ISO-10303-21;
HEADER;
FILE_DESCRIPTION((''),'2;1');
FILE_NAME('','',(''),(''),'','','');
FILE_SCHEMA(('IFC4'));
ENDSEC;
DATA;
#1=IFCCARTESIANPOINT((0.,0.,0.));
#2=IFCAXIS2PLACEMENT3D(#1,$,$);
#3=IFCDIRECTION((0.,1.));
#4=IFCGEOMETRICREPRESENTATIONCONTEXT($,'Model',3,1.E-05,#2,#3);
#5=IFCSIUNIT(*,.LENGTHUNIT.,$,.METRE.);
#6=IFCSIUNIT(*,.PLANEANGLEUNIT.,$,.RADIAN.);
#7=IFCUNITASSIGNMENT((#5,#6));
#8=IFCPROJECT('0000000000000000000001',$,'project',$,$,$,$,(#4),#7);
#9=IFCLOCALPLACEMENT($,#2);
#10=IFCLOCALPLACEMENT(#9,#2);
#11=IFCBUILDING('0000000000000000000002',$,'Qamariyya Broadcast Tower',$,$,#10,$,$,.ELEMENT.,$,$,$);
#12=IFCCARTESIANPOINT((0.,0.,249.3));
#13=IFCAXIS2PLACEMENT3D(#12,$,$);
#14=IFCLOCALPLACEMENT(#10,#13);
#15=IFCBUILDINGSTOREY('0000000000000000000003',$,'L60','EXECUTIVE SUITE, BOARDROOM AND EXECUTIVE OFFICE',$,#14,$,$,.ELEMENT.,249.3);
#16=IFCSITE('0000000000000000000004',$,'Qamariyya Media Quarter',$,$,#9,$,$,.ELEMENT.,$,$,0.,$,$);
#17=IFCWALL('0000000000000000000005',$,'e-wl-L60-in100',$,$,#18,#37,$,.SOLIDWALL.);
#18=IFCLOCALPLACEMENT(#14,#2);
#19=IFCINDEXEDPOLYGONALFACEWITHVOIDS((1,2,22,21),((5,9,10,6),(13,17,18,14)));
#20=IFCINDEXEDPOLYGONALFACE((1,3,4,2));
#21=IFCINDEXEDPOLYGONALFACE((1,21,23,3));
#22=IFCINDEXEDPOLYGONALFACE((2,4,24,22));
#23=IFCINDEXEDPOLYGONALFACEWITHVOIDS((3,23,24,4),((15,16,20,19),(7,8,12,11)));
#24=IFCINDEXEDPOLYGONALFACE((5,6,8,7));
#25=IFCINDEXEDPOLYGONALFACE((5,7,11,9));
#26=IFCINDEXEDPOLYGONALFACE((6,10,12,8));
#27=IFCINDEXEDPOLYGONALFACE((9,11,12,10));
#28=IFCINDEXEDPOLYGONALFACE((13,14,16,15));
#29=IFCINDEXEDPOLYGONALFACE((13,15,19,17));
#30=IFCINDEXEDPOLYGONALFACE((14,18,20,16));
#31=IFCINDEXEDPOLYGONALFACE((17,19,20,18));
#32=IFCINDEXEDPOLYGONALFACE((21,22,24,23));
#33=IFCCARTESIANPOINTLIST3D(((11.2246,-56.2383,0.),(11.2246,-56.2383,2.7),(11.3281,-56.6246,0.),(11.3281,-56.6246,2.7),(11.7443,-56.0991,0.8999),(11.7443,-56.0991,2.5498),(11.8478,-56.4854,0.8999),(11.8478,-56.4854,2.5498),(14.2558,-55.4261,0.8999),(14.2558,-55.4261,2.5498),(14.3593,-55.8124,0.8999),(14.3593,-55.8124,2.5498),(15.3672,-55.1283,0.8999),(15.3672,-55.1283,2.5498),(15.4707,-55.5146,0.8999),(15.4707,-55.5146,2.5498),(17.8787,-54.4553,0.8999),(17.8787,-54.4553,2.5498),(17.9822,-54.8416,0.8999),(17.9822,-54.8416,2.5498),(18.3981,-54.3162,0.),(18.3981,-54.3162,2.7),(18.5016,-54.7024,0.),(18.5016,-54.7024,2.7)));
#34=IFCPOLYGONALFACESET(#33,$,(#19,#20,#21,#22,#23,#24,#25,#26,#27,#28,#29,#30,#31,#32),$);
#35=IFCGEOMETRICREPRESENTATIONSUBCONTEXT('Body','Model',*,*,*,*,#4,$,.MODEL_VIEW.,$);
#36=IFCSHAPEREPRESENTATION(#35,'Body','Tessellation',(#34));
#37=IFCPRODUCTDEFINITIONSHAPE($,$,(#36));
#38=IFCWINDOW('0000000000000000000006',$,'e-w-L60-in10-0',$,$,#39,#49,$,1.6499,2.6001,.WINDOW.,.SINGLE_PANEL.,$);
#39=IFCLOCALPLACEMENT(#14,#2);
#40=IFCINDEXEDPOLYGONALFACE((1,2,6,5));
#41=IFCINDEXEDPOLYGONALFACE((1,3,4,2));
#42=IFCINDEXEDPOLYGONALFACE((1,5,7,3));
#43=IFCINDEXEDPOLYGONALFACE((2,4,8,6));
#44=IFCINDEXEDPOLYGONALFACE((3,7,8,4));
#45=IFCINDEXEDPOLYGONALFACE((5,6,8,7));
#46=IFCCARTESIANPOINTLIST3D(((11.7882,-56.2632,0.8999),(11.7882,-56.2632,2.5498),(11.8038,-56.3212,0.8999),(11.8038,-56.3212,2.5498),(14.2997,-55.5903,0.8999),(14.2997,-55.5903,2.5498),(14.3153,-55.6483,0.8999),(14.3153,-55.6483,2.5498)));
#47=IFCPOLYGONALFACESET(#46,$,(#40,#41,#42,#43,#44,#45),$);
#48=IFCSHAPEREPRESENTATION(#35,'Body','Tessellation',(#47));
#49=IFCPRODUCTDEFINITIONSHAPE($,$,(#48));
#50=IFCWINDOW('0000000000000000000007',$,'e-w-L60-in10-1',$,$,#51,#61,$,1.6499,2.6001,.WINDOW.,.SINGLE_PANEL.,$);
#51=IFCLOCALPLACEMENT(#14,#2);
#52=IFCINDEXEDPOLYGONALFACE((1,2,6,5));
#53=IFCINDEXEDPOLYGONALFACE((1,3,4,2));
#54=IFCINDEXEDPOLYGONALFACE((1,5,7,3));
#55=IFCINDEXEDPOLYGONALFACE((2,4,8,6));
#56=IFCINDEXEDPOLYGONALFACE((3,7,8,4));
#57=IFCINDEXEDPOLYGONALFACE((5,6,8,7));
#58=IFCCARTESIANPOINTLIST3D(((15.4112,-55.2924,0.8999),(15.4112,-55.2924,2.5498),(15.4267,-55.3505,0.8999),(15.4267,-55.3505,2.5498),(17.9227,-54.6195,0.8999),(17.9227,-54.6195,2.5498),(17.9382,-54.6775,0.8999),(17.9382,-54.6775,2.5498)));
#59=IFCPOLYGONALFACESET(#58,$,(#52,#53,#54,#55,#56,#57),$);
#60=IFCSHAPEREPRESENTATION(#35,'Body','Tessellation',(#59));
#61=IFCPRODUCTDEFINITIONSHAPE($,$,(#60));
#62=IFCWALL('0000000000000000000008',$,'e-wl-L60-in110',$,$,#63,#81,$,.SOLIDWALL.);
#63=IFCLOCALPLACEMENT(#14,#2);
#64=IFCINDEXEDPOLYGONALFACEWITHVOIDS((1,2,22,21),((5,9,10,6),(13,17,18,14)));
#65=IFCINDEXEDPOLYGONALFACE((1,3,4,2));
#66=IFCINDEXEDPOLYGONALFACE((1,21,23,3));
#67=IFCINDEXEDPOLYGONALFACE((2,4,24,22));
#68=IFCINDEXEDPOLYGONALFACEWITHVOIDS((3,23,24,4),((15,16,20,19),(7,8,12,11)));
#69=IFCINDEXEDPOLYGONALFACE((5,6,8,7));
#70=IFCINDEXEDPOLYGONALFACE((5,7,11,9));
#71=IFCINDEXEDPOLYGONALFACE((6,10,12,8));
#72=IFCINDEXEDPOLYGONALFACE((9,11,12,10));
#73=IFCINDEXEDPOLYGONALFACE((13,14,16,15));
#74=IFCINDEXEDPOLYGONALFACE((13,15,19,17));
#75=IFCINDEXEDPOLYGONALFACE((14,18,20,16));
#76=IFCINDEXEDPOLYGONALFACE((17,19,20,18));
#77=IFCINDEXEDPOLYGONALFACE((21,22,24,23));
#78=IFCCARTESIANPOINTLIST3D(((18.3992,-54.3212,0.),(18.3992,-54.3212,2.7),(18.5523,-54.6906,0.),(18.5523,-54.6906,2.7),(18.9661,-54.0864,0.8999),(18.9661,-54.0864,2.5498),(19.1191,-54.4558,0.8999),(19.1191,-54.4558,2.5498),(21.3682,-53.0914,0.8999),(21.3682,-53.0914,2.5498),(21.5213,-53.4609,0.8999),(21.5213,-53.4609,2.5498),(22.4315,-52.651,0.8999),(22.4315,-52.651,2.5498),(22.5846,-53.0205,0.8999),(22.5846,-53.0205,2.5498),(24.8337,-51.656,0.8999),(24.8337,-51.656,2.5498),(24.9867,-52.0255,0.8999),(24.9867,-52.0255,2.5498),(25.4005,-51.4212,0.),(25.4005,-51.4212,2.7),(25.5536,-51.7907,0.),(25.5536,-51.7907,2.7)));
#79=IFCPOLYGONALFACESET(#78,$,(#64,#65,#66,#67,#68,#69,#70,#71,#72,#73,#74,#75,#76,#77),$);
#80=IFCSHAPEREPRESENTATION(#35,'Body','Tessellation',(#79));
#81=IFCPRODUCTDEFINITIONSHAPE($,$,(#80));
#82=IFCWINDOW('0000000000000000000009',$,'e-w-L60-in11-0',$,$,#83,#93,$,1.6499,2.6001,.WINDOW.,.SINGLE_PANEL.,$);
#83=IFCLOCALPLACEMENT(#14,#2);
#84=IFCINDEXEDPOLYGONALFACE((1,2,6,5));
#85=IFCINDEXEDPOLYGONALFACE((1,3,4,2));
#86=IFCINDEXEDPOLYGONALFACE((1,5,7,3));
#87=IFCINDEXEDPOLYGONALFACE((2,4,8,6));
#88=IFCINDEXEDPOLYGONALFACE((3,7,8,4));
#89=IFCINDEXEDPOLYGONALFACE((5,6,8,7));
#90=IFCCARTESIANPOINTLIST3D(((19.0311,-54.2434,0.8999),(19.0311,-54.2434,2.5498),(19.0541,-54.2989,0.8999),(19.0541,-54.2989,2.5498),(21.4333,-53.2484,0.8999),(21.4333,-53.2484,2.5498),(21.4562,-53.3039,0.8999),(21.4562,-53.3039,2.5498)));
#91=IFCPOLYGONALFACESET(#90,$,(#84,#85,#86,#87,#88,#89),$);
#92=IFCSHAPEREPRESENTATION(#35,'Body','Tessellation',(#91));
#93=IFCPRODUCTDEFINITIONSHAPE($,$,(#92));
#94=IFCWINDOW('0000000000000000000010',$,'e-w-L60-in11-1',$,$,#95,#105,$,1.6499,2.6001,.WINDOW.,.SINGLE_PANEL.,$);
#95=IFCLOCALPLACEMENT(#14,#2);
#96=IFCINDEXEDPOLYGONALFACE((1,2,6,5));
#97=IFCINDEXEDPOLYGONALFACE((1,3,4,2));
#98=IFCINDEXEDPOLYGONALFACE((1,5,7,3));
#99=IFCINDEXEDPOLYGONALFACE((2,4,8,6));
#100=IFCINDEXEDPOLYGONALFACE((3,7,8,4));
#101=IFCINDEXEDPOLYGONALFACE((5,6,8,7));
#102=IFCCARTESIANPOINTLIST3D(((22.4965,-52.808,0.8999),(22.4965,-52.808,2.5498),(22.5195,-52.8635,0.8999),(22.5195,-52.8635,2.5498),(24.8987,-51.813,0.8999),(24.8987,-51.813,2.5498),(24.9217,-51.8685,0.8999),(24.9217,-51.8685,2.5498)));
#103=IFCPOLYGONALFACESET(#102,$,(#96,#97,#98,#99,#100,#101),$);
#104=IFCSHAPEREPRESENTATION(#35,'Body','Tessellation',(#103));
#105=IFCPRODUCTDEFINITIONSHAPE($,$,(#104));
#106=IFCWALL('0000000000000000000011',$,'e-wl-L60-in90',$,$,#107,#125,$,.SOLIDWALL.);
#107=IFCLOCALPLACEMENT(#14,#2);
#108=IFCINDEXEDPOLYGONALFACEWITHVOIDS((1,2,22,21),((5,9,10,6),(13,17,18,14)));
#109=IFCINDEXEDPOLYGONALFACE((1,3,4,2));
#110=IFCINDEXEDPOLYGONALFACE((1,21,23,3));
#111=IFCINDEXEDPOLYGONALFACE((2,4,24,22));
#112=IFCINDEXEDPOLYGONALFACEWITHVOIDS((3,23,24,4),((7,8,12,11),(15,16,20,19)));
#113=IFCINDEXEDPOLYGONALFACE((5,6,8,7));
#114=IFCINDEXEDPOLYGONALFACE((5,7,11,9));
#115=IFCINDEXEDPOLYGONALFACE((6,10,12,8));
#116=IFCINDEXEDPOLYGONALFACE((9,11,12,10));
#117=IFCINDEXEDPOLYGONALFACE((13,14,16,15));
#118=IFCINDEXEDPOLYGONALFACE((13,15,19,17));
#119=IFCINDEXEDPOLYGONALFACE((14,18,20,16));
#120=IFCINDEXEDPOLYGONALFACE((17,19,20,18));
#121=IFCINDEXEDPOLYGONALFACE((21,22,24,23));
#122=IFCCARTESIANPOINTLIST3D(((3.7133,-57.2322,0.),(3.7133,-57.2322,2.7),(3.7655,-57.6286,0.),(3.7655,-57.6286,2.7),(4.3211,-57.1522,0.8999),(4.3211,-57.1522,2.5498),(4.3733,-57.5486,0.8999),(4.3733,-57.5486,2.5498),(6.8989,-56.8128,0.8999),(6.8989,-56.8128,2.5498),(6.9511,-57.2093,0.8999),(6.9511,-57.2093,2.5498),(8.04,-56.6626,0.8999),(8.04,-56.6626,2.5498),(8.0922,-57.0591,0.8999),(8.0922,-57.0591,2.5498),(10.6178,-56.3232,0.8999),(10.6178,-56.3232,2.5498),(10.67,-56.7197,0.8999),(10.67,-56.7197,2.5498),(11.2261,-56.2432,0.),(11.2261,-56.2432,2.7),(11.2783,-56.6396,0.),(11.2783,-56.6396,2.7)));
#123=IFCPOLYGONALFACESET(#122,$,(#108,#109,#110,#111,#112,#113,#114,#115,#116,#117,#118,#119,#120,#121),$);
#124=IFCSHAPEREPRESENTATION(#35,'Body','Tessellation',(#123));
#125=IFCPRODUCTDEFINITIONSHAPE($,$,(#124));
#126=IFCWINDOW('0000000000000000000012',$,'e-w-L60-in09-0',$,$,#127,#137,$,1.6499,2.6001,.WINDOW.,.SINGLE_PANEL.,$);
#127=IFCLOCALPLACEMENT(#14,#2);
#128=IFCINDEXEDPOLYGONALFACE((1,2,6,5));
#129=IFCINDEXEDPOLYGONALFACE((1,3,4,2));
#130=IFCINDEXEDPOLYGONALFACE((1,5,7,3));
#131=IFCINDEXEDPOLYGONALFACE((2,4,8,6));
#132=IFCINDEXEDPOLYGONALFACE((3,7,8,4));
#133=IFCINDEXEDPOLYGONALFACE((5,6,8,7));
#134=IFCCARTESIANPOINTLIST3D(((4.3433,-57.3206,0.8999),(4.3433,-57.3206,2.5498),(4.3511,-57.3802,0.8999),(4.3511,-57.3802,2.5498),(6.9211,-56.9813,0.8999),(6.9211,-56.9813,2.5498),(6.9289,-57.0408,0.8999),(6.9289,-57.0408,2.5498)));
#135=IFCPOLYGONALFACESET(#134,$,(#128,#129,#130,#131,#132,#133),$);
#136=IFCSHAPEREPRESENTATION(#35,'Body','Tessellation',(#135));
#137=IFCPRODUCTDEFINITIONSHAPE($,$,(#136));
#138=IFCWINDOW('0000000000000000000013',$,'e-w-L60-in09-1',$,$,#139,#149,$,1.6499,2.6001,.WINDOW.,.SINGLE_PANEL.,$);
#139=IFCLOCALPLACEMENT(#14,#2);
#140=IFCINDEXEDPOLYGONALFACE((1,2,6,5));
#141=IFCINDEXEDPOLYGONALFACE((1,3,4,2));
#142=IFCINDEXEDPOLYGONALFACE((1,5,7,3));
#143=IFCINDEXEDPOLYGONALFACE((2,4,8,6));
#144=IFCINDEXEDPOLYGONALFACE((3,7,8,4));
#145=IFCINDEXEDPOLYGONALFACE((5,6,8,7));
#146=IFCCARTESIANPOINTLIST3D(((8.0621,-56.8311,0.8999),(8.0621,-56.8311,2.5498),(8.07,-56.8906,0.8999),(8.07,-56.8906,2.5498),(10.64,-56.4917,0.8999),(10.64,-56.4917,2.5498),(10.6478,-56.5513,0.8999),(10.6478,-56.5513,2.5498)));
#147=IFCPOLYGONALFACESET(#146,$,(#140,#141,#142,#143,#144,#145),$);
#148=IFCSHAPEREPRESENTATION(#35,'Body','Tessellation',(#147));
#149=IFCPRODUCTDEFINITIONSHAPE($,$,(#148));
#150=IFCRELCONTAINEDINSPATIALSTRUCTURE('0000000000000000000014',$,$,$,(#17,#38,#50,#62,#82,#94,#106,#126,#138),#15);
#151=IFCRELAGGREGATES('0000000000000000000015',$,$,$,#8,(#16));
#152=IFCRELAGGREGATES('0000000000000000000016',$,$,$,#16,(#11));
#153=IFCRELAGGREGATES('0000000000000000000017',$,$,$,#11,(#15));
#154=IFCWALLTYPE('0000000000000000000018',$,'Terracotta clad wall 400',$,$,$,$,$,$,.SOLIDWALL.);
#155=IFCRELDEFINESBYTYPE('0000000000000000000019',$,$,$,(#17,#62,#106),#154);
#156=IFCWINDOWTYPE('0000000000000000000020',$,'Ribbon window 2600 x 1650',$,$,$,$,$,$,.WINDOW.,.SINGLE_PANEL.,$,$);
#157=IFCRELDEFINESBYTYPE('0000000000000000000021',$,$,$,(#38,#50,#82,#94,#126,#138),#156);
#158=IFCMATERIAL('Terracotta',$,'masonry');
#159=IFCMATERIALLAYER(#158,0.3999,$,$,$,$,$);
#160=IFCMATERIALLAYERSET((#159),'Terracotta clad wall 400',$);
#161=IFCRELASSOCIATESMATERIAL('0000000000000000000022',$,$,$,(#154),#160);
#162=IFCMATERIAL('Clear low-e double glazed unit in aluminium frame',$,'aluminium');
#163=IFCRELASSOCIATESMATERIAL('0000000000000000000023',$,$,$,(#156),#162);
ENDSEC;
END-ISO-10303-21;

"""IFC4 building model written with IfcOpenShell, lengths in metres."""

from ifc_helpers import new_model, si_unit, direction, frame, frame_2d, origin, place, context, subcontext, project, spatial, rectangle, extrude, material, layer, layer_set, type_object, element, fill, save


model = new_model("IFC4")

# Units and contexts
model_context = context("Model", 3, precision=1e-05, world=origin(), true_north=direction((0.0, 1.0)))
body_context = subcontext(model_context, "Body", "Model", "MODEL_VIEW")
ifc_project = project(units=[si_unit("LENGTHUNIT", "METRE"), si_unit("PLANEANGLEUNIT", "RADIAN")], contexts=[model_context])

# Site, building, storey
site_placement = place(None, origin())
site = spatial("IfcSite", under=ifc_project, at=site_placement, Name="Qamariyya Media Quarter", CompositionType="ELEMENT", RefElevation=0.0)
building_placement = place(site_placement, origin())
building = spatial("IfcBuilding", under=site, at=building_placement, Name="Qamariyya Broadcast Tower", CompositionType="ELEMENT")
storey_placement = place(building_placement, frame((0.0, 0.0, 249.3)))
storey = spatial("IfcBuildingStorey", under=building, at=storey_placement, Name="L60", Description="EXECUTIVE SUITE, BOARDROOM AND EXECUTIVE OFFICE", CompositionType="ELEMENT", Elevation=249.3)

# Walls, openings, windows
ifc_material_1 = material(Name="Terracotta", Category="masonry")
ifc_layer_1 = layer(ifc_material_1, 0.3999)
ifc_layer_set_1 = layer_set([ifc_layer_1], Name="Terracotta clad wall 400")
wall_type_1 = type_object("IfcWallType", Name="Terracotta clad wall 400", PredefinedType="SOLIDWALL", material=ifc_layer_set_1)
wall_1_placement = place(storey_placement, frame((18.45, -54.5093, 0.0), z_axis=(0.0, 0.0, 1.0), x_axis=(-0.965925, -0.258823, 0.0)))
wall_1 = element("IfcWall", 1, at=wall_1_placement, inside=storey, type_object=wall_type_1, Name="e-wl-L60-in100", PredefinedType="SOLIDWALL", context=body_context, shape_type="SweptSolid", body=[
    extrude(rectangle(XDim=7.4265, YDim=0.3999, at=frame_2d((3.7134, 0.0))), origin(), (0.0, 0.0, 1.0), 2.7),
])
opening_1_placement = place(wall_1_placement, frame((4.2886, 0.0, 0.8999)))
opening_1 = element("IfcOpeningElement", 2, at=opening_1_placement, cuts=wall_1, PredefinedType="OPENING", context=body_context, shape_type="SweptSolid", body=[
    extrude(rectangle(XDim=2.6001, YDim=1.6499, at=frame_2d((1.3, 0.825))), frame((0.0, 0.21, 0.0), z_axis=(0.0, -1.0, 0.0), x_axis=(1.0, 0.0, 0.0)), (0.0, 0.0, 1.0), 0.4199),
])
opening_2_placement = place(wall_1_placement, frame((0.5378, 0.0, 0.8999)))
opening_2 = element("IfcOpeningElement", 3, at=opening_2_placement, cuts=wall_1, PredefinedType="OPENING", context=body_context, shape_type="SweptSolid", body=[
    extrude(rectangle(XDim=2.6001, YDim=1.6499, at=frame_2d((1.3, 0.825))), frame((0.0, 0.21, 0.0), z_axis=(0.0, -1.0, 0.0), x_axis=(1.0, 0.0, 0.0)), (0.0, 0.0, 1.0), 0.4199),
])
ifc_material_2 = material(Name="Clear low-e double glazed unit in aluminium frame", Category="aluminium")
window_type = type_object("IfcWindowType", Name="Ribbon window 2600 x 1650", PartitioningType="SINGLE_PANEL", PredefinedType="WINDOW", material=ifc_material_2)
window_1_placement = place(opening_1_placement, origin())
window_1 = element("IfcWindow", 4, at=window_1_placement, inside=storey, type_object=window_type, Name="e-w-L60-in10-0", OverallHeight=1.6499, OverallWidth=2.6001, PartitioningType="SINGLE_PANEL", PredefinedType="WINDOW", context=body_context, shape_type="SweptSolid", body=[
    extrude(rectangle(XDim=2.6001, YDim=1.6499, at=frame_2d((1.3, 0.825))), frame((0.0, 0.03, 0.0), z_axis=(0.0, -1.0, 0.0), x_axis=(1.0, 0.0, 0.0)), (0.0, 0.0, 1.0), 0.0601),
])
fill(opening_1, window_1)
window_2_placement = place(opening_2_placement, origin())
window_2 = element("IfcWindow", 5, at=window_2_placement, inside=storey, type_object=window_type, Name="e-w-L60-in10-1", OverallHeight=1.6499, OverallWidth=2.6001, PartitioningType="SINGLE_PANEL", PredefinedType="WINDOW", context=body_context, shape_type="SweptSolid", body=[
    extrude(rectangle(XDim=2.6001, YDim=1.6499, at=frame_2d((1.3, 0.825))), frame((0.0, 0.03, 0.0), z_axis=(0.0, -1.0, 0.0), x_axis=(1.0, 0.0, 0.0)), (0.0, 0.0, 1.0), 0.0601),
])
fill(opening_2, window_2)
wall_2_placement = place(storey_placement, frame((25.4771, -51.606, 0.0), z_axis=(0.0, 0.0, 1.0), x_axis=(-0.923884, -0.382672, 0.0)))
wall_2 = element("IfcWall", 6, at=wall_2_placement, inside=storey, type_object=wall_type_1, Name="e-wl-L60-in110", PredefinedType="SOLIDWALL", context=body_context, shape_type="SweptSolid", body=[
    extrude(rectangle(XDim=7.5781, YDim=0.3999, at=frame_2d((3.7891, 0.0))), origin(), (0.0, 0.0, 1.0), 2.7),
])
opening_3_placement = place(wall_2_placement, frame((4.3645, 0.0, 0.8999)))
opening_3 = element("IfcOpeningElement", 7, at=opening_3_placement, cuts=wall_2, PredefinedType="OPENING", context=body_context, shape_type="SweptSolid", body=[
    extrude(rectangle(XDim=2.6001, YDim=1.6499, at=frame_2d((1.3, 0.825))), frame((0.0, 0.21, 0.0), z_axis=(0.0, -1.0, 0.0), x_axis=(1.0, 0.0, 0.0)), (0.0, 0.0, 1.0), 0.4199),
])
opening_4_placement = place(wall_2_placement, frame((0.6135, 0.0, 0.8999)))
opening_4 = element("IfcOpeningElement", 8, at=opening_4_placement, cuts=wall_2, PredefinedType="OPENING", context=body_context, shape_type="SweptSolid", body=[
    extrude(rectangle(XDim=2.6001, YDim=1.6499, at=frame_2d((1.3, 0.825))), frame((0.0, 0.21, 0.0), z_axis=(0.0, -1.0, 0.0), x_axis=(1.0, 0.0, 0.0)), (0.0, 0.0, 1.0), 0.4199),
])
window_3_placement = place(opening_3_placement, origin())
window_3 = element("IfcWindow", 9, at=window_3_placement, inside=storey, type_object=window_type, Name="e-w-L60-in11-0", OverallHeight=1.6499, OverallWidth=2.6001, PartitioningType="SINGLE_PANEL", PredefinedType="WINDOW", context=body_context, shape_type="SweptSolid", body=[
    extrude(rectangle(XDim=2.6001, YDim=1.6499, at=frame_2d((1.3, 0.825))), frame((0.0, 0.03, 0.0), z_axis=(0.0, -1.0, 0.0), x_axis=(1.0, 0.0, 0.0)), (0.0, 0.0, 1.0), 0.0601),
])
fill(opening_3, window_3)
window_4_placement = place(opening_4_placement, origin())
window_4 = element("IfcWindow", 10, at=window_4_placement, inside=storey, type_object=window_type, Name="e-w-L60-in11-1", OverallHeight=1.6499, OverallWidth=2.6001, PartitioningType="SINGLE_PANEL", PredefinedType="WINDOW", context=body_context, shape_type="SweptSolid", body=[
    extrude(rectangle(XDim=2.6001, YDim=1.6499, at=frame_2d((1.3, 0.825))), frame((0.0, 0.03, 0.0), z_axis=(0.0, -1.0, 0.0), x_axis=(1.0, 0.0, 0.0)), (0.0, 0.0, 1.0), 0.0601),
])
fill(opening_4, window_4)
wall_3_placement = place(storey_placement, frame((11.2522, -56.4414, 0.0), z_axis=(0.0, 0.0, 1.0), x_axis=(-0.991446, -0.130515, 0.0)))
wall_3 = element("IfcWall", 11, at=wall_3_placement, inside=storey, type_object=wall_type_1, Name="e-wl-L60-in90", PredefinedType="SOLIDWALL", context=body_context, shape_type="SweptSolid", body=[
    extrude(rectangle(XDim=7.5776, YDim=0.3999, at=frame_2d((3.7888, 0.0))), origin(), (0.0, 0.0, 1.0), 2.7),
])
opening_5_placement = place(wall_3_placement, frame((4.3645, 0.0, 0.8999)))
opening_5 = element("IfcOpeningElement", 12, at=opening_5_placement, cuts=wall_3, PredefinedType="OPENING", context=body_context, shape_type="SweptSolid", body=[
    extrude(rectangle(XDim=2.6001, YDim=1.6499, at=frame_2d((1.3, 0.825))), frame((0.0, 0.21, 0.0), z_axis=(0.0, -1.0, 0.0), x_axis=(1.0, 0.0, 0.0)), (0.0, 0.0, 1.0), 0.4199),
])
opening_6_placement = place(wall_3_placement, frame((0.6135, 0.0, 0.8999)))
opening_6 = element("IfcOpeningElement", 13, at=opening_6_placement, cuts=wall_3, PredefinedType="OPENING", context=body_context, shape_type="SweptSolid", body=[
    extrude(rectangle(XDim=2.6001, YDim=1.6499, at=frame_2d((1.3, 0.825))), frame((0.0, 0.21, 0.0), z_axis=(0.0, -1.0, 0.0), x_axis=(1.0, 0.0, 0.0)), (0.0, 0.0, 1.0), 0.4199),
])
window_5_placement = place(opening_5_placement, origin())
window_5 = element("IfcWindow", 14, at=window_5_placement, inside=storey, type_object=window_type, Name="e-w-L60-in09-0", OverallHeight=1.6499, OverallWidth=2.6001, PartitioningType="SINGLE_PANEL", PredefinedType="WINDOW", context=body_context, shape_type="SweptSolid", body=[
    extrude(rectangle(XDim=2.6001, YDim=1.6499, at=frame_2d((1.3, 0.825))), frame((0.0, 0.03, 0.0), z_axis=(0.0, -1.0, 0.0), x_axis=(1.0, 0.0, 0.0)), (0.0, 0.0, 1.0), 0.0601),
])
fill(opening_5, window_5)
window_6_placement = place(opening_6_placement, origin())
window_6 = element("IfcWindow", 15, at=window_6_placement, inside=storey, type_object=window_type, Name="e-w-L60-in09-1", OverallHeight=1.6499, OverallWidth=2.6001, PartitioningType="SINGLE_PANEL", PredefinedType="WINDOW", context=body_context, shape_type="SweptSolid", body=[
    extrude(rectangle(XDim=2.6001, YDim=1.6499, at=frame_2d((1.3, 0.825))), frame((0.0, 0.03, 0.0), z_axis=(0.0, -1.0, 0.0), x_axis=(1.0, 0.0, 0.0)), (0.0, 0.0, 1.0), 0.0601),
])
fill(opening_6, window_6)

save(model, "model.ifc")
